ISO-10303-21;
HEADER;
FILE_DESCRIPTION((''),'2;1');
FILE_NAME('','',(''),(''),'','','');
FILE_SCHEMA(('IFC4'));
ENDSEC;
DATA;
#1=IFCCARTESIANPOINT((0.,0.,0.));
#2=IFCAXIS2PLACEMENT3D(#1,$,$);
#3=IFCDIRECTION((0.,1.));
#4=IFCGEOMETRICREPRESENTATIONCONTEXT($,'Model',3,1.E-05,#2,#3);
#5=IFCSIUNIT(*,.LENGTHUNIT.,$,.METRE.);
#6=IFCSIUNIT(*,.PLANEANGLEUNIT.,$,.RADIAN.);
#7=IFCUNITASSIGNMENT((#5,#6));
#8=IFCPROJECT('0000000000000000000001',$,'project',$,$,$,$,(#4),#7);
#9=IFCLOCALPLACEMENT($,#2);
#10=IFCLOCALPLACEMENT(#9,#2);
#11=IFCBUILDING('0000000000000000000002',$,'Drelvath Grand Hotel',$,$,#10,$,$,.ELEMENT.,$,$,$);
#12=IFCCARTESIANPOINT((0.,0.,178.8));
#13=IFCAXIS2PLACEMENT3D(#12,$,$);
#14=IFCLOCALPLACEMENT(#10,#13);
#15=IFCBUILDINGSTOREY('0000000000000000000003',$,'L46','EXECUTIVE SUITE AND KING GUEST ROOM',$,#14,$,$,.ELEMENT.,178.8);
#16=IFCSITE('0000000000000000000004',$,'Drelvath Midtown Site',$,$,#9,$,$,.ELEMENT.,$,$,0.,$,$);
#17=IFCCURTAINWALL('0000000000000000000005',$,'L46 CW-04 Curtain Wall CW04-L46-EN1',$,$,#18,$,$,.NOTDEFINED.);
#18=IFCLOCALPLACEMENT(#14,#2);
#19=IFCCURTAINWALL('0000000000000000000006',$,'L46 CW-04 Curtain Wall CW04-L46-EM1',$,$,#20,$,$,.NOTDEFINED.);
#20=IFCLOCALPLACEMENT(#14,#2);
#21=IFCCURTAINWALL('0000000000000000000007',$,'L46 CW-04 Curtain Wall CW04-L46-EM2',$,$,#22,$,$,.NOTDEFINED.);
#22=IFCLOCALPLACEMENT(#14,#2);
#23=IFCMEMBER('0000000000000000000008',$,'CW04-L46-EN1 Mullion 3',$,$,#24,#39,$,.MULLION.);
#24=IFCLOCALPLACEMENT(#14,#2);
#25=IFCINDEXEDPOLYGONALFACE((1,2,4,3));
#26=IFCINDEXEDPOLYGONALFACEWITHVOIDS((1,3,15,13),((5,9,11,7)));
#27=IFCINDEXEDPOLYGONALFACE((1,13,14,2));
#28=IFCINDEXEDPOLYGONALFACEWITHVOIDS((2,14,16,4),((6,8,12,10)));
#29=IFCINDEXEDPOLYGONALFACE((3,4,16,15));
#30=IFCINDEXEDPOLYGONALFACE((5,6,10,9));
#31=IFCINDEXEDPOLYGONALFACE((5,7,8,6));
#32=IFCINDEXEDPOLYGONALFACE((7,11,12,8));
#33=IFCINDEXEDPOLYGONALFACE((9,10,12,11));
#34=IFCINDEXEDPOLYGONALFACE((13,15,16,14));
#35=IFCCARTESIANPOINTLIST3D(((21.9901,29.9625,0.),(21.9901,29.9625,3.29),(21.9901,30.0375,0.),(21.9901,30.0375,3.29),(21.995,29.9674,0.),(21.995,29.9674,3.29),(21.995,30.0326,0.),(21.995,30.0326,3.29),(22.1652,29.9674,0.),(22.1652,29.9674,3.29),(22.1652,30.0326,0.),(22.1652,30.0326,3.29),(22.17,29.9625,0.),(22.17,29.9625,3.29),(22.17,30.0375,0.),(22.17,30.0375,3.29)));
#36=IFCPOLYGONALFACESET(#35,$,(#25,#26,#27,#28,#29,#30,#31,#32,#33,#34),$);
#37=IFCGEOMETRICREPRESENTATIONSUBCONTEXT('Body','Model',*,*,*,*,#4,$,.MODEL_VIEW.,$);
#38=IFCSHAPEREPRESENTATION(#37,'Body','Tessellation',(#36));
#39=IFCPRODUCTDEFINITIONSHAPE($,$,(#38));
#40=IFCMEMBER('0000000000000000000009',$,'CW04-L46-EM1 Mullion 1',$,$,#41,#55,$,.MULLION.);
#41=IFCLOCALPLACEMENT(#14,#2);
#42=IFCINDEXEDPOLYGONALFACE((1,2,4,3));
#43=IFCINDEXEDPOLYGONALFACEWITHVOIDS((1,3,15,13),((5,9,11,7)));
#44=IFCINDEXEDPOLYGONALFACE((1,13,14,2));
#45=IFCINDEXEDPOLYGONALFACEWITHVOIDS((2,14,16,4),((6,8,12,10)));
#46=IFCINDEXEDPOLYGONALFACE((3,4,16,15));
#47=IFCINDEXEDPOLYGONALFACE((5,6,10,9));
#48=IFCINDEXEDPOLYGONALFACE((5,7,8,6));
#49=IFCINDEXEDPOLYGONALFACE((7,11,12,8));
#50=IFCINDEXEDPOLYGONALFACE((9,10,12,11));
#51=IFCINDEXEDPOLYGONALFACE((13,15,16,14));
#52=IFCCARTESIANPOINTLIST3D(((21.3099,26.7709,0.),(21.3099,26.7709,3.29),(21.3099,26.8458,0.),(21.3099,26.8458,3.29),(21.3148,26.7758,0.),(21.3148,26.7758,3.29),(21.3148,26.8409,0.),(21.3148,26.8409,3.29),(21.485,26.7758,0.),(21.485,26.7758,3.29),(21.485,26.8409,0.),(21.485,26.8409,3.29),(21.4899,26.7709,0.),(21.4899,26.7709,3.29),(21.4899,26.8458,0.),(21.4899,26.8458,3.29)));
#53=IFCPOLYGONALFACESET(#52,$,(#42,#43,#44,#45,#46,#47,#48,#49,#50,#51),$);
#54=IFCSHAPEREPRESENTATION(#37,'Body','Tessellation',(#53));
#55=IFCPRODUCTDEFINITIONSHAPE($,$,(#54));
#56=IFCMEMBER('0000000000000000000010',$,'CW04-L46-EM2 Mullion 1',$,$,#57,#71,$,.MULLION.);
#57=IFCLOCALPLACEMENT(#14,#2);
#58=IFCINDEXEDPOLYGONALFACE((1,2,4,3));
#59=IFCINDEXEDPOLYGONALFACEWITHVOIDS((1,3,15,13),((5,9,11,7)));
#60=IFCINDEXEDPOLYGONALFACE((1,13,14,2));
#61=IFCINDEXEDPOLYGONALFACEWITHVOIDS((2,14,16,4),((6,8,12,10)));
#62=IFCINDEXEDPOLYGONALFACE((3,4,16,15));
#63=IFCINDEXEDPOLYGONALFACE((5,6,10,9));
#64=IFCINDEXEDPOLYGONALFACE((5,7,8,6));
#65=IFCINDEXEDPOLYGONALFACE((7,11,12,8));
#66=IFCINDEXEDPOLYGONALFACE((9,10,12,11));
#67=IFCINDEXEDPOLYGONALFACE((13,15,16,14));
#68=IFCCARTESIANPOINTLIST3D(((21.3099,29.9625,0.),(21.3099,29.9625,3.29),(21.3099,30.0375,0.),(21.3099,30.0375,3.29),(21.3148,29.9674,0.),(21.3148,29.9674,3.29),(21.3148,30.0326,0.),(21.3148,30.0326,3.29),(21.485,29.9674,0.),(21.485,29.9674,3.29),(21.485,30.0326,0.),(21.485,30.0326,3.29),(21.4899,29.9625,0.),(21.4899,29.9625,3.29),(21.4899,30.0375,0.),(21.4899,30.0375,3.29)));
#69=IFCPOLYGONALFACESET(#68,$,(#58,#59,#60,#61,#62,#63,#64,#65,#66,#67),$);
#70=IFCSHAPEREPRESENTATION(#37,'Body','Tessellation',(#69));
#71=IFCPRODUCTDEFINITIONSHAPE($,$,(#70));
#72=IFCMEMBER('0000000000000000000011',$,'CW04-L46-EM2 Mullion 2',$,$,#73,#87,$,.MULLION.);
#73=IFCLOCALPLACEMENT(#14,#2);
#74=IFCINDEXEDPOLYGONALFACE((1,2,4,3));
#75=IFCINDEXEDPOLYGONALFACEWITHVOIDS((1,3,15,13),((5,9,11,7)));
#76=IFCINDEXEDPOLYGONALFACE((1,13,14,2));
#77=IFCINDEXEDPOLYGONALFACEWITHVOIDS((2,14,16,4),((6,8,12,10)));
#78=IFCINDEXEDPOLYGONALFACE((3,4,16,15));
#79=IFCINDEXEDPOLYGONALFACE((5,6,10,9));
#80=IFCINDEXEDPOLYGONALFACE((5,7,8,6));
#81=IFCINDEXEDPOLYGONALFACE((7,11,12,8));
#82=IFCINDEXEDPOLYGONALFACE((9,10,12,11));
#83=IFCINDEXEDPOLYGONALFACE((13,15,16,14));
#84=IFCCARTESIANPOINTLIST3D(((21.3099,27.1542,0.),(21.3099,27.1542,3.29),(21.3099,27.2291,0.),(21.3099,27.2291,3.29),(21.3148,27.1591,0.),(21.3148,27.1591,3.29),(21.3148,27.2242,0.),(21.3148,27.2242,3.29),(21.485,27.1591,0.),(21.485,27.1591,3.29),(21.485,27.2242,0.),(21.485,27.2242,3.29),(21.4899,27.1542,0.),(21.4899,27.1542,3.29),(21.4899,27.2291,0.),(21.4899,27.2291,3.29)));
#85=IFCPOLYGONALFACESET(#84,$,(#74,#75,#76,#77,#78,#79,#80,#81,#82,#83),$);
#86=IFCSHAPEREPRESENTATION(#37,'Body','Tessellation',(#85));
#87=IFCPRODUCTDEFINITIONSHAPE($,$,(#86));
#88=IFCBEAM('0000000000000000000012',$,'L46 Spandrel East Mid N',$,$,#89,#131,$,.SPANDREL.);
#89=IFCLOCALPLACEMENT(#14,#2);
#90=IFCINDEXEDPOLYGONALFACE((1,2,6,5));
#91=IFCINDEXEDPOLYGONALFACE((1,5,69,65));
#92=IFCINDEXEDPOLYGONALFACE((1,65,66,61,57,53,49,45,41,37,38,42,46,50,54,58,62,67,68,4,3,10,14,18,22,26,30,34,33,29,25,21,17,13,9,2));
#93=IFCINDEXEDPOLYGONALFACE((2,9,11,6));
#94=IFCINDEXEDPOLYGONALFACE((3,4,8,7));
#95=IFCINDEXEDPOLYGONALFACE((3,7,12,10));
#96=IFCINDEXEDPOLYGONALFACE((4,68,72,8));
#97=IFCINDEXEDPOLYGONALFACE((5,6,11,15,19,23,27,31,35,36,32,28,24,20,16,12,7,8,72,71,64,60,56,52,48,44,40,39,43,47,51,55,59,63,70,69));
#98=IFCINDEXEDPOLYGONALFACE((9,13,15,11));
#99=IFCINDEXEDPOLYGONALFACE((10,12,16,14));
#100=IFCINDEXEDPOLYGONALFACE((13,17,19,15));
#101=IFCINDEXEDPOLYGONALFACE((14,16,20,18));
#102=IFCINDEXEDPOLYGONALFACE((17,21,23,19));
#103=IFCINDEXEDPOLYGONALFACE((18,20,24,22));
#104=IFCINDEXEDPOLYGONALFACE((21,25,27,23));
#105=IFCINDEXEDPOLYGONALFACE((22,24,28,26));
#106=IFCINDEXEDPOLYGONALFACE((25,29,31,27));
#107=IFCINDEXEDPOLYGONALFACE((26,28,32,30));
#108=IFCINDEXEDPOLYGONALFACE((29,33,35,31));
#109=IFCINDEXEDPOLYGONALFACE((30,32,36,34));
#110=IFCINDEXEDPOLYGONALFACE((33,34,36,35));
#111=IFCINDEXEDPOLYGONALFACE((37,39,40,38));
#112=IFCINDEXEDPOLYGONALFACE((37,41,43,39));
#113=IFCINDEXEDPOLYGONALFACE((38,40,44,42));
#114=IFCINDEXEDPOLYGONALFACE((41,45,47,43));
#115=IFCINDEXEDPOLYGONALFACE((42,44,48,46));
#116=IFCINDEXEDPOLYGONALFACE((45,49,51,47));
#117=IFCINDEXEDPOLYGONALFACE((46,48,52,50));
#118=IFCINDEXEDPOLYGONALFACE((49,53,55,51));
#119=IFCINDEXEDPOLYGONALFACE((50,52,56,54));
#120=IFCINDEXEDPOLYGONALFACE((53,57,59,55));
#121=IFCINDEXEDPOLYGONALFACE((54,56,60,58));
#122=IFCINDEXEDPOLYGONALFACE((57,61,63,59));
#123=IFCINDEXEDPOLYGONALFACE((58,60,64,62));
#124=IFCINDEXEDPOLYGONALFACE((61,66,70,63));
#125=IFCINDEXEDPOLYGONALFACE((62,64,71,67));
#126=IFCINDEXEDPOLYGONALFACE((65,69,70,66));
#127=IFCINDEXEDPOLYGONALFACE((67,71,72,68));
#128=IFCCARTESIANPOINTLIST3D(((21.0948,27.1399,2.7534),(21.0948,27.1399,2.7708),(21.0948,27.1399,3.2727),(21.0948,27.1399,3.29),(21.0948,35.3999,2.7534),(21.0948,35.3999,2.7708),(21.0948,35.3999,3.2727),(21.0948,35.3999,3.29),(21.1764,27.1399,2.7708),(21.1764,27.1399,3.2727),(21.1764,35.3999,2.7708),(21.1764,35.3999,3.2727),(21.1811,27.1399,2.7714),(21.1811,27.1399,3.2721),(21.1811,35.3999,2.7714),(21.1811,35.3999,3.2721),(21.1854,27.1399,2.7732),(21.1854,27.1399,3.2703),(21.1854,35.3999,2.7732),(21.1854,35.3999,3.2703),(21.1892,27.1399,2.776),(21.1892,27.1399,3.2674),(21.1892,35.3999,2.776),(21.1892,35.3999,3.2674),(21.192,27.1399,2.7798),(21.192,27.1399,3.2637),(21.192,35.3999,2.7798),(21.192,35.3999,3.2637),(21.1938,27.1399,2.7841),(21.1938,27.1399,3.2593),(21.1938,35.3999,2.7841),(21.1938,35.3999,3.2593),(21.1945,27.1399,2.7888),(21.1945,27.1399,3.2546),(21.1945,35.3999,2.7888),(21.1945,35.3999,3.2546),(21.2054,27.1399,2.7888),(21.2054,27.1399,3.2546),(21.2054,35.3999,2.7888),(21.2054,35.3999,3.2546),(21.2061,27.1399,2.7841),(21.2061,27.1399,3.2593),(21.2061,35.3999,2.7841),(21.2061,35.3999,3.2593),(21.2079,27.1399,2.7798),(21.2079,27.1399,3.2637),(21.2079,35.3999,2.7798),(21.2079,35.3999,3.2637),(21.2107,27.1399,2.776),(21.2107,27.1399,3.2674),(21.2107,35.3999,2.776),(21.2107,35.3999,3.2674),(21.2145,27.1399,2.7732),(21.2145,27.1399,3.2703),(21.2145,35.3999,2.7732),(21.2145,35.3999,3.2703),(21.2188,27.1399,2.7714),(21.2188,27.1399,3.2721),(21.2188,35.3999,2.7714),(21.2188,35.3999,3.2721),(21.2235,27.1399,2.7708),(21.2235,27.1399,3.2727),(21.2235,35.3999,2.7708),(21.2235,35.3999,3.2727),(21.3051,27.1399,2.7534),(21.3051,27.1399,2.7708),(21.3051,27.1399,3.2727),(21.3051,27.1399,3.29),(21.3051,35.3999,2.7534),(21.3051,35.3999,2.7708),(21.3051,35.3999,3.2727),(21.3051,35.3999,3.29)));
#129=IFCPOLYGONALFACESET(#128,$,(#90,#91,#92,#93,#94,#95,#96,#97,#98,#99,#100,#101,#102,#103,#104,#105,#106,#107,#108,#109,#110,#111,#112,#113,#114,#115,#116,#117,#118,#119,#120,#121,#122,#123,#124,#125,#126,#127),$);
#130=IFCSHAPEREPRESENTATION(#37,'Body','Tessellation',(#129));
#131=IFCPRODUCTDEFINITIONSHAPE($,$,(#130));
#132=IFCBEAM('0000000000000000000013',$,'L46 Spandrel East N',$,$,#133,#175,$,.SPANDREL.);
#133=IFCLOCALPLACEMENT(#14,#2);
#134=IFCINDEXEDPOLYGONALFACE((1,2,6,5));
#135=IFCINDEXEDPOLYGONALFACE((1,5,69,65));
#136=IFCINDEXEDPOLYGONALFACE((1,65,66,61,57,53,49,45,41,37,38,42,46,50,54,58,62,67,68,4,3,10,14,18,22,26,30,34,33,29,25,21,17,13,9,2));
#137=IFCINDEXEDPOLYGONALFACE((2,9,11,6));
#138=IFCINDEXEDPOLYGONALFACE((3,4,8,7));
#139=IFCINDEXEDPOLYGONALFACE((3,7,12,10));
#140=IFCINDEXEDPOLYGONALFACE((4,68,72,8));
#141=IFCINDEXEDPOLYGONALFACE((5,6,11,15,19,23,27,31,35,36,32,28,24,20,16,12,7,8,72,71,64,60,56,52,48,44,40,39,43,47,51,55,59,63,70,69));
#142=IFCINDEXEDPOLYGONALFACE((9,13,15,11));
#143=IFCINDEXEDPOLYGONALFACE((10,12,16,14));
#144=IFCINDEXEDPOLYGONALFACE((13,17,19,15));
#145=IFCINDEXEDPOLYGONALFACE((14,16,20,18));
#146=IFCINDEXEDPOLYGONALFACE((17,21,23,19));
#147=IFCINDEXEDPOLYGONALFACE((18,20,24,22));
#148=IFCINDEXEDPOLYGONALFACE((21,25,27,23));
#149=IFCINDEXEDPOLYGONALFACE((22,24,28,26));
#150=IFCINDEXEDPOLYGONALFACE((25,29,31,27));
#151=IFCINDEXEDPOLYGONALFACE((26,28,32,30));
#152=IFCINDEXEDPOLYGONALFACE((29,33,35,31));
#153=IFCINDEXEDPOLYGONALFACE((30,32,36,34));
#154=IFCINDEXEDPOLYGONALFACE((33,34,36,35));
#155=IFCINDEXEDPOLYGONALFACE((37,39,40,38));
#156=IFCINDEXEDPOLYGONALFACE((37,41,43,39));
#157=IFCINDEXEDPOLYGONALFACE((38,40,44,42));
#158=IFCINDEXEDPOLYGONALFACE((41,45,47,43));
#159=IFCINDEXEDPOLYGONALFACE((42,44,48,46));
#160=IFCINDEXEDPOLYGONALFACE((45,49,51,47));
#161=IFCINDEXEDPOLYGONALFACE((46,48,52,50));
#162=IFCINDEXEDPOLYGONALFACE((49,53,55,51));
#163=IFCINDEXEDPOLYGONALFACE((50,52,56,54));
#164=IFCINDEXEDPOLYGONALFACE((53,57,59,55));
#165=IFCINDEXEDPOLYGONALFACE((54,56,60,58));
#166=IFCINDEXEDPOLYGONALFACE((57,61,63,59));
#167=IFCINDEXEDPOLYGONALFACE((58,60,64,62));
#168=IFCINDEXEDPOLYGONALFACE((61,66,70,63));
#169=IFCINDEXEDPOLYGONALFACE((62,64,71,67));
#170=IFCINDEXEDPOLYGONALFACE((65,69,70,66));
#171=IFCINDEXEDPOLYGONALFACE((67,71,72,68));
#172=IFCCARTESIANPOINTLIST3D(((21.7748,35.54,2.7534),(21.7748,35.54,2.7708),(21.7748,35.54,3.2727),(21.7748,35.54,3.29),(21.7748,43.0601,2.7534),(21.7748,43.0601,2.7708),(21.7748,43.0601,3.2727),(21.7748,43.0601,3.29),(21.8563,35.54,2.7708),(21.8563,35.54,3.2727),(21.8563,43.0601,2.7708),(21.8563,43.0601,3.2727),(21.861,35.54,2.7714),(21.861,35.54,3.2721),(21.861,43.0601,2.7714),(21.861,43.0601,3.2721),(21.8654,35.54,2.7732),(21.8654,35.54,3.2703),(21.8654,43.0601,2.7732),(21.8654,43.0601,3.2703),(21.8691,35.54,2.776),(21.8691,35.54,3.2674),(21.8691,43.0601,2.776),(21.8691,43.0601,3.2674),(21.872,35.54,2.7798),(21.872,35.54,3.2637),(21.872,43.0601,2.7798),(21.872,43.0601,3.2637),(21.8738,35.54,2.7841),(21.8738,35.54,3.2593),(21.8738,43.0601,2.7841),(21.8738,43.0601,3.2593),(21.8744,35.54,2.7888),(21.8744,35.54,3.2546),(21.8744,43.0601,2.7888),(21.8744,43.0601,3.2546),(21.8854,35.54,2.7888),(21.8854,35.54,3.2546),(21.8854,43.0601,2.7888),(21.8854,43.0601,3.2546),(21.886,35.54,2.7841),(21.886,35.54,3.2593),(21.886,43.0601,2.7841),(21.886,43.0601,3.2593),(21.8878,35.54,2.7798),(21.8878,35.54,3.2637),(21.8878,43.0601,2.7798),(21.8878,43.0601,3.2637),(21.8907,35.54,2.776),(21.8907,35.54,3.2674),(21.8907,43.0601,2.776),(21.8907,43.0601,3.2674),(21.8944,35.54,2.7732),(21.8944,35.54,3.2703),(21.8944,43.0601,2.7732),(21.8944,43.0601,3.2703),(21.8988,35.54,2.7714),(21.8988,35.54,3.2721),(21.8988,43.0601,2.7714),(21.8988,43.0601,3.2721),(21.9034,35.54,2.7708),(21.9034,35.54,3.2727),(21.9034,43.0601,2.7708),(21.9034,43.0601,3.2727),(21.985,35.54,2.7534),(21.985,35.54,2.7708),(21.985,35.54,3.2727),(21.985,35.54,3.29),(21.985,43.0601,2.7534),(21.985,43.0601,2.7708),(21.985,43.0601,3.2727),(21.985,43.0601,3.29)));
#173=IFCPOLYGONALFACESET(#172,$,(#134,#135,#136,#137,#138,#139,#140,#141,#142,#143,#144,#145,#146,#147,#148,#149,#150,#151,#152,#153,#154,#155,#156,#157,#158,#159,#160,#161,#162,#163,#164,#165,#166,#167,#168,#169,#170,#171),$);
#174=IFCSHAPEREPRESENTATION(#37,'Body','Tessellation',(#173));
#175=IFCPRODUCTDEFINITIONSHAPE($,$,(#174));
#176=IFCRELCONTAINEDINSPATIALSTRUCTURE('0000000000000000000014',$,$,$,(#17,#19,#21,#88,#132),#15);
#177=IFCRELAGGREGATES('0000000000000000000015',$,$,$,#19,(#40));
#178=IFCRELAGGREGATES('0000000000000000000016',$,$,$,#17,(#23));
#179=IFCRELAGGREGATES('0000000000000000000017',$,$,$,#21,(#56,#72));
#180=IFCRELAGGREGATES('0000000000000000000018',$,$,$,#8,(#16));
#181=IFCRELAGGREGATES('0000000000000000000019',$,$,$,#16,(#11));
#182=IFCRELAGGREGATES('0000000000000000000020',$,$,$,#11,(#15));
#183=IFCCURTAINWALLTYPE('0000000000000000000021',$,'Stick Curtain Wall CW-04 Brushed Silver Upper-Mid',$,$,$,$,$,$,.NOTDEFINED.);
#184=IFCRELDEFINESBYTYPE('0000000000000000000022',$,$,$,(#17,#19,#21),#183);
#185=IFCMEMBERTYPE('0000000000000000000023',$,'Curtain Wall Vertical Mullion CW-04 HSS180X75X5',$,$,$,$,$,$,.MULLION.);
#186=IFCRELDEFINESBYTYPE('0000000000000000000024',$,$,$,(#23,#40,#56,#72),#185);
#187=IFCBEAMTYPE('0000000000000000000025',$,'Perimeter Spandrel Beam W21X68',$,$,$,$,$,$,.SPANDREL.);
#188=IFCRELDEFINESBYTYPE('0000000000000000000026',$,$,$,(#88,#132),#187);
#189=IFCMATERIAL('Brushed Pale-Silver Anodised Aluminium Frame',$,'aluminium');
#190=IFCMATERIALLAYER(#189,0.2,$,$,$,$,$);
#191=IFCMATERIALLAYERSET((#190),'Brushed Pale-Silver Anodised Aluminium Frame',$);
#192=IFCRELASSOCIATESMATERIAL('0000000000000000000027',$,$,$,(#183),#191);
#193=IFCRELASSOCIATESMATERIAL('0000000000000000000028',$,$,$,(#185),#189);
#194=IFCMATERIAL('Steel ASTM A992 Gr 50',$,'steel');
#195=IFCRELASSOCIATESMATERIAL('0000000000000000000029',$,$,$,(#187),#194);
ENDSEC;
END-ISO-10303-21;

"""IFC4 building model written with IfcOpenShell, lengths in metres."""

from ifc_helpers import new_model, si_unit, direction, frame, origin, origin_2d, place, context, subcontext, project, spatial, hollow_rectangle, i_section, extrude, material, layer, layer_set, material_profile, profile_set, type_object, element, aggregate, save


model = new_model("IFC4")

# Units and contexts
model_context = context("Model", 3, precision=1e-05, world=origin(), true_north=direction((0.0, 1.0)))
body_context = subcontext(model_context, "Body", "Model", "MODEL_VIEW")
ifc_project = project(units=[si_unit("LENGTHUNIT", "METRE"), si_unit("PLANEANGLEUNIT", "RADIAN")], contexts=[model_context])

# Site, building, storey
site_placement = place(None, origin())
site = spatial("IfcSite", under=ifc_project, at=site_placement, Name="Drelvath Midtown Site", CompositionType="ELEMENT", RefElevation=0.0)
building_placement = place(site_placement, origin())
building = spatial("IfcBuilding", under=site, at=building_placement, Name="Drelvath Grand Hotel", CompositionType="ELEMENT")
storey_placement = place(building_placement, frame((0.0, 0.0, 178.8)))
storey = spatial("IfcBuildingStorey", under=building, at=storey_placement, Name="L46", Description="EXECUTIVE SUITE AND KING GUEST ROOM", CompositionType="ELEMENT", Elevation=178.8)

# Curtain walls
ifc_material_1 = material(Name="Brushed Pale-Silver Anodised Aluminium Frame", Category="aluminium")
ifc_layer_1 = layer(ifc_material_1, 0.2)
ifc_layer_set_1 = layer_set([ifc_layer_1], Name="Brushed Pale-Silver Anodised Aluminium Frame")
curtain_wall_type = type_object("IfcCurtainWallType", Name="Stick Curtain Wall CW-04 Brushed Silver Upper-Mid", PredefinedType="NOTDEFINED", material=ifc_layer_set_1)
curtain_wall_1_placement = place(storey_placement, origin())
curtain_wall_1 = element("IfcCurtainWall", 1, at=curtain_wall_1_placement, inside=storey, type_object=curtain_wall_type, Name="L46 CW-04 Curtain Wall CW04-L46-EN1", PredefinedType="NOTDEFINED")
curtain_wall_2_placement = place(storey_placement, origin())
curtain_wall_2 = element("IfcCurtainWall", 2, at=curtain_wall_2_placement, inside=storey, type_object=curtain_wall_type, Name="L46 CW-04 Curtain Wall CW04-L46-EM1", PredefinedType="NOTDEFINED")
curtain_wall_3_placement = place(storey_placement, origin())
curtain_wall_3 = element("IfcCurtainWall", 3, at=curtain_wall_3_placement, inside=storey, type_object=curtain_wall_type, Name="L46 CW-04 Curtain Wall CW04-L46-EM2", PredefinedType="NOTDEFINED")

# Members
ifc_material_profile_1 = material_profile(ifc_material_1, hollow_rectangle(XDim=0.075, YDim=0.1799, WallThickness=0.0049, at=origin_2d()), Name="HSS180X75X5")
ifc_profile_set_1 = profile_set([ifc_material_profile_1], Name="Brushed Pale-Silver Anodised Aluminium Frame")
member_type_1 = type_object("IfcMemberType", Name="Curtain Wall Vertical Mullion CW-04 HSS180X75X5", PredefinedType="MULLION", material=ifc_profile_set_1)
member_1_placement = place(storey_placement, frame((22.0801, 30.0, 0.0), z_axis=(0.0, 0.0, 1.0), x_axis=(0.0, 1.0, 0.0)))
member_1 = element("IfcMember", 4, at=member_1_placement, type_object=member_type_1, Name="CW04-L46-EN1 Mullion 3", PredefinedType="MULLION", context=body_context, shape_type="SweptSolid", body=[
    extrude(hollow_rectangle(XDim=0.075, YDim=0.1799, WallThickness=0.0049, at=origin_2d()), origin(), (0.0, 0.0, 1.0), 3.29),
])
member_2_placement = place(storey_placement, frame((21.3999, 26.8083, 0.0), z_axis=(0.0, 0.0, 1.0), x_axis=(0.0, 1.0, 0.0)))
member_2 = element("IfcMember", 5, at=member_2_placement, type_object=member_type_1, Name="CW04-L46-EM1 Mullion 1", PredefinedType="MULLION", context=body_context, shape_type="SweptSolid", body=[
    extrude(hollow_rectangle(XDim=0.075, YDim=0.1799, WallThickness=0.0049, at=origin_2d()), origin(), (0.0, 0.0, 1.0), 3.29),
])
aggregate(curtain_wall_2, [member_2])
member_3_placement = place(storey_placement, frame((21.3999, 30.0, 0.0), z_axis=(0.0, 0.0, 1.0), x_axis=(0.0, 1.0, 0.0)))
member_3 = element("IfcMember", 6, at=member_3_placement, type_object=member_type_1, Name="CW04-L46-EM2 Mullion 1", PredefinedType="MULLION", context=body_context, shape_type="SweptSolid", body=[
    extrude(hollow_rectangle(XDim=0.075, YDim=0.1799, WallThickness=0.0049, at=origin_2d()), origin(), (0.0, 0.0, 1.0), 3.29),
])
member_4_placement = place(storey_placement, frame((21.3999, 27.1917, 0.0), z_axis=(0.0, 0.0, 1.0), x_axis=(0.0, 1.0, 0.0)))
member_4 = element("IfcMember", 7, at=member_4_placement, type_object=member_type_1, Name="CW04-L46-EM2 Mullion 2", PredefinedType="MULLION", context=body_context, shape_type="SweptSolid", body=[
    extrude(hollow_rectangle(XDim=0.075, YDim=0.1799, WallThickness=0.0049, at=origin_2d()), origin(), (0.0, 0.0, 1.0), 3.29),
])

# Beams
ifc_material_2 = material(Name="Steel ASTM A992 Gr 50", Category="steel")
ifc_material_profile_2 = material_profile(ifc_material_2, i_section(OverallWidth=0.2102, OverallDepth=0.5366, WebThickness=0.011, FlangeThickness=0.0173, FilletRadius=0.0181, at=origin_2d()), Name="W21X68")
ifc_profile_set_2 = profile_set([ifc_material_profile_2], Name="Steel ASTM A992 Gr 50")
beam_type_1 = type_object("IfcBeamType", Name="Perimeter Spandrel Beam W21X68", PredefinedType="SPANDREL", material=ifc_profile_set_2)
beam_1_placement = place(storey_placement, frame((21.2, 27.1399, 3.0217), z_axis=(0.0, 1.0, 0.0), x_axis=(-1.0, 0.0, 0.0)))
element("IfcBeam", 8, at=beam_1_placement, inside=storey, type_object=beam_type_1, Name="L46 Spandrel East Mid N", PredefinedType="SPANDREL", context=body_context, shape_type="SweptSolid", body=[
    extrude(i_section(OverallWidth=0.2102, OverallDepth=0.5366, WebThickness=0.011, FlangeThickness=0.0173, FilletRadius=0.0181, at=origin_2d()), origin(), (0.0, 0.0, 1.0), 8.26),
])
beam_2_placement = place(storey_placement, frame((21.8799, 35.54, 3.0217), z_axis=(0.0, 1.0, 0.0), x_axis=(-1.0, 0.0, 0.0)))
element("IfcBeam", 9, at=beam_2_placement, inside=storey, type_object=beam_type_1, Name="L46 Spandrel East N", PredefinedType="SPANDREL", context=body_context, shape_type="SweptSolid", body=[
    extrude(i_section(OverallWidth=0.2102, OverallDepth=0.5366, WebThickness=0.011, FlangeThickness=0.0173, FilletRadius=0.0181, at=origin_2d()), origin(), (0.0, 0.0, 1.0), 7.52),
])

aggregate(curtain_wall_1, [member_1])
aggregate(curtain_wall_3, [member_3, member_4])

save(model, "model.ifc")
